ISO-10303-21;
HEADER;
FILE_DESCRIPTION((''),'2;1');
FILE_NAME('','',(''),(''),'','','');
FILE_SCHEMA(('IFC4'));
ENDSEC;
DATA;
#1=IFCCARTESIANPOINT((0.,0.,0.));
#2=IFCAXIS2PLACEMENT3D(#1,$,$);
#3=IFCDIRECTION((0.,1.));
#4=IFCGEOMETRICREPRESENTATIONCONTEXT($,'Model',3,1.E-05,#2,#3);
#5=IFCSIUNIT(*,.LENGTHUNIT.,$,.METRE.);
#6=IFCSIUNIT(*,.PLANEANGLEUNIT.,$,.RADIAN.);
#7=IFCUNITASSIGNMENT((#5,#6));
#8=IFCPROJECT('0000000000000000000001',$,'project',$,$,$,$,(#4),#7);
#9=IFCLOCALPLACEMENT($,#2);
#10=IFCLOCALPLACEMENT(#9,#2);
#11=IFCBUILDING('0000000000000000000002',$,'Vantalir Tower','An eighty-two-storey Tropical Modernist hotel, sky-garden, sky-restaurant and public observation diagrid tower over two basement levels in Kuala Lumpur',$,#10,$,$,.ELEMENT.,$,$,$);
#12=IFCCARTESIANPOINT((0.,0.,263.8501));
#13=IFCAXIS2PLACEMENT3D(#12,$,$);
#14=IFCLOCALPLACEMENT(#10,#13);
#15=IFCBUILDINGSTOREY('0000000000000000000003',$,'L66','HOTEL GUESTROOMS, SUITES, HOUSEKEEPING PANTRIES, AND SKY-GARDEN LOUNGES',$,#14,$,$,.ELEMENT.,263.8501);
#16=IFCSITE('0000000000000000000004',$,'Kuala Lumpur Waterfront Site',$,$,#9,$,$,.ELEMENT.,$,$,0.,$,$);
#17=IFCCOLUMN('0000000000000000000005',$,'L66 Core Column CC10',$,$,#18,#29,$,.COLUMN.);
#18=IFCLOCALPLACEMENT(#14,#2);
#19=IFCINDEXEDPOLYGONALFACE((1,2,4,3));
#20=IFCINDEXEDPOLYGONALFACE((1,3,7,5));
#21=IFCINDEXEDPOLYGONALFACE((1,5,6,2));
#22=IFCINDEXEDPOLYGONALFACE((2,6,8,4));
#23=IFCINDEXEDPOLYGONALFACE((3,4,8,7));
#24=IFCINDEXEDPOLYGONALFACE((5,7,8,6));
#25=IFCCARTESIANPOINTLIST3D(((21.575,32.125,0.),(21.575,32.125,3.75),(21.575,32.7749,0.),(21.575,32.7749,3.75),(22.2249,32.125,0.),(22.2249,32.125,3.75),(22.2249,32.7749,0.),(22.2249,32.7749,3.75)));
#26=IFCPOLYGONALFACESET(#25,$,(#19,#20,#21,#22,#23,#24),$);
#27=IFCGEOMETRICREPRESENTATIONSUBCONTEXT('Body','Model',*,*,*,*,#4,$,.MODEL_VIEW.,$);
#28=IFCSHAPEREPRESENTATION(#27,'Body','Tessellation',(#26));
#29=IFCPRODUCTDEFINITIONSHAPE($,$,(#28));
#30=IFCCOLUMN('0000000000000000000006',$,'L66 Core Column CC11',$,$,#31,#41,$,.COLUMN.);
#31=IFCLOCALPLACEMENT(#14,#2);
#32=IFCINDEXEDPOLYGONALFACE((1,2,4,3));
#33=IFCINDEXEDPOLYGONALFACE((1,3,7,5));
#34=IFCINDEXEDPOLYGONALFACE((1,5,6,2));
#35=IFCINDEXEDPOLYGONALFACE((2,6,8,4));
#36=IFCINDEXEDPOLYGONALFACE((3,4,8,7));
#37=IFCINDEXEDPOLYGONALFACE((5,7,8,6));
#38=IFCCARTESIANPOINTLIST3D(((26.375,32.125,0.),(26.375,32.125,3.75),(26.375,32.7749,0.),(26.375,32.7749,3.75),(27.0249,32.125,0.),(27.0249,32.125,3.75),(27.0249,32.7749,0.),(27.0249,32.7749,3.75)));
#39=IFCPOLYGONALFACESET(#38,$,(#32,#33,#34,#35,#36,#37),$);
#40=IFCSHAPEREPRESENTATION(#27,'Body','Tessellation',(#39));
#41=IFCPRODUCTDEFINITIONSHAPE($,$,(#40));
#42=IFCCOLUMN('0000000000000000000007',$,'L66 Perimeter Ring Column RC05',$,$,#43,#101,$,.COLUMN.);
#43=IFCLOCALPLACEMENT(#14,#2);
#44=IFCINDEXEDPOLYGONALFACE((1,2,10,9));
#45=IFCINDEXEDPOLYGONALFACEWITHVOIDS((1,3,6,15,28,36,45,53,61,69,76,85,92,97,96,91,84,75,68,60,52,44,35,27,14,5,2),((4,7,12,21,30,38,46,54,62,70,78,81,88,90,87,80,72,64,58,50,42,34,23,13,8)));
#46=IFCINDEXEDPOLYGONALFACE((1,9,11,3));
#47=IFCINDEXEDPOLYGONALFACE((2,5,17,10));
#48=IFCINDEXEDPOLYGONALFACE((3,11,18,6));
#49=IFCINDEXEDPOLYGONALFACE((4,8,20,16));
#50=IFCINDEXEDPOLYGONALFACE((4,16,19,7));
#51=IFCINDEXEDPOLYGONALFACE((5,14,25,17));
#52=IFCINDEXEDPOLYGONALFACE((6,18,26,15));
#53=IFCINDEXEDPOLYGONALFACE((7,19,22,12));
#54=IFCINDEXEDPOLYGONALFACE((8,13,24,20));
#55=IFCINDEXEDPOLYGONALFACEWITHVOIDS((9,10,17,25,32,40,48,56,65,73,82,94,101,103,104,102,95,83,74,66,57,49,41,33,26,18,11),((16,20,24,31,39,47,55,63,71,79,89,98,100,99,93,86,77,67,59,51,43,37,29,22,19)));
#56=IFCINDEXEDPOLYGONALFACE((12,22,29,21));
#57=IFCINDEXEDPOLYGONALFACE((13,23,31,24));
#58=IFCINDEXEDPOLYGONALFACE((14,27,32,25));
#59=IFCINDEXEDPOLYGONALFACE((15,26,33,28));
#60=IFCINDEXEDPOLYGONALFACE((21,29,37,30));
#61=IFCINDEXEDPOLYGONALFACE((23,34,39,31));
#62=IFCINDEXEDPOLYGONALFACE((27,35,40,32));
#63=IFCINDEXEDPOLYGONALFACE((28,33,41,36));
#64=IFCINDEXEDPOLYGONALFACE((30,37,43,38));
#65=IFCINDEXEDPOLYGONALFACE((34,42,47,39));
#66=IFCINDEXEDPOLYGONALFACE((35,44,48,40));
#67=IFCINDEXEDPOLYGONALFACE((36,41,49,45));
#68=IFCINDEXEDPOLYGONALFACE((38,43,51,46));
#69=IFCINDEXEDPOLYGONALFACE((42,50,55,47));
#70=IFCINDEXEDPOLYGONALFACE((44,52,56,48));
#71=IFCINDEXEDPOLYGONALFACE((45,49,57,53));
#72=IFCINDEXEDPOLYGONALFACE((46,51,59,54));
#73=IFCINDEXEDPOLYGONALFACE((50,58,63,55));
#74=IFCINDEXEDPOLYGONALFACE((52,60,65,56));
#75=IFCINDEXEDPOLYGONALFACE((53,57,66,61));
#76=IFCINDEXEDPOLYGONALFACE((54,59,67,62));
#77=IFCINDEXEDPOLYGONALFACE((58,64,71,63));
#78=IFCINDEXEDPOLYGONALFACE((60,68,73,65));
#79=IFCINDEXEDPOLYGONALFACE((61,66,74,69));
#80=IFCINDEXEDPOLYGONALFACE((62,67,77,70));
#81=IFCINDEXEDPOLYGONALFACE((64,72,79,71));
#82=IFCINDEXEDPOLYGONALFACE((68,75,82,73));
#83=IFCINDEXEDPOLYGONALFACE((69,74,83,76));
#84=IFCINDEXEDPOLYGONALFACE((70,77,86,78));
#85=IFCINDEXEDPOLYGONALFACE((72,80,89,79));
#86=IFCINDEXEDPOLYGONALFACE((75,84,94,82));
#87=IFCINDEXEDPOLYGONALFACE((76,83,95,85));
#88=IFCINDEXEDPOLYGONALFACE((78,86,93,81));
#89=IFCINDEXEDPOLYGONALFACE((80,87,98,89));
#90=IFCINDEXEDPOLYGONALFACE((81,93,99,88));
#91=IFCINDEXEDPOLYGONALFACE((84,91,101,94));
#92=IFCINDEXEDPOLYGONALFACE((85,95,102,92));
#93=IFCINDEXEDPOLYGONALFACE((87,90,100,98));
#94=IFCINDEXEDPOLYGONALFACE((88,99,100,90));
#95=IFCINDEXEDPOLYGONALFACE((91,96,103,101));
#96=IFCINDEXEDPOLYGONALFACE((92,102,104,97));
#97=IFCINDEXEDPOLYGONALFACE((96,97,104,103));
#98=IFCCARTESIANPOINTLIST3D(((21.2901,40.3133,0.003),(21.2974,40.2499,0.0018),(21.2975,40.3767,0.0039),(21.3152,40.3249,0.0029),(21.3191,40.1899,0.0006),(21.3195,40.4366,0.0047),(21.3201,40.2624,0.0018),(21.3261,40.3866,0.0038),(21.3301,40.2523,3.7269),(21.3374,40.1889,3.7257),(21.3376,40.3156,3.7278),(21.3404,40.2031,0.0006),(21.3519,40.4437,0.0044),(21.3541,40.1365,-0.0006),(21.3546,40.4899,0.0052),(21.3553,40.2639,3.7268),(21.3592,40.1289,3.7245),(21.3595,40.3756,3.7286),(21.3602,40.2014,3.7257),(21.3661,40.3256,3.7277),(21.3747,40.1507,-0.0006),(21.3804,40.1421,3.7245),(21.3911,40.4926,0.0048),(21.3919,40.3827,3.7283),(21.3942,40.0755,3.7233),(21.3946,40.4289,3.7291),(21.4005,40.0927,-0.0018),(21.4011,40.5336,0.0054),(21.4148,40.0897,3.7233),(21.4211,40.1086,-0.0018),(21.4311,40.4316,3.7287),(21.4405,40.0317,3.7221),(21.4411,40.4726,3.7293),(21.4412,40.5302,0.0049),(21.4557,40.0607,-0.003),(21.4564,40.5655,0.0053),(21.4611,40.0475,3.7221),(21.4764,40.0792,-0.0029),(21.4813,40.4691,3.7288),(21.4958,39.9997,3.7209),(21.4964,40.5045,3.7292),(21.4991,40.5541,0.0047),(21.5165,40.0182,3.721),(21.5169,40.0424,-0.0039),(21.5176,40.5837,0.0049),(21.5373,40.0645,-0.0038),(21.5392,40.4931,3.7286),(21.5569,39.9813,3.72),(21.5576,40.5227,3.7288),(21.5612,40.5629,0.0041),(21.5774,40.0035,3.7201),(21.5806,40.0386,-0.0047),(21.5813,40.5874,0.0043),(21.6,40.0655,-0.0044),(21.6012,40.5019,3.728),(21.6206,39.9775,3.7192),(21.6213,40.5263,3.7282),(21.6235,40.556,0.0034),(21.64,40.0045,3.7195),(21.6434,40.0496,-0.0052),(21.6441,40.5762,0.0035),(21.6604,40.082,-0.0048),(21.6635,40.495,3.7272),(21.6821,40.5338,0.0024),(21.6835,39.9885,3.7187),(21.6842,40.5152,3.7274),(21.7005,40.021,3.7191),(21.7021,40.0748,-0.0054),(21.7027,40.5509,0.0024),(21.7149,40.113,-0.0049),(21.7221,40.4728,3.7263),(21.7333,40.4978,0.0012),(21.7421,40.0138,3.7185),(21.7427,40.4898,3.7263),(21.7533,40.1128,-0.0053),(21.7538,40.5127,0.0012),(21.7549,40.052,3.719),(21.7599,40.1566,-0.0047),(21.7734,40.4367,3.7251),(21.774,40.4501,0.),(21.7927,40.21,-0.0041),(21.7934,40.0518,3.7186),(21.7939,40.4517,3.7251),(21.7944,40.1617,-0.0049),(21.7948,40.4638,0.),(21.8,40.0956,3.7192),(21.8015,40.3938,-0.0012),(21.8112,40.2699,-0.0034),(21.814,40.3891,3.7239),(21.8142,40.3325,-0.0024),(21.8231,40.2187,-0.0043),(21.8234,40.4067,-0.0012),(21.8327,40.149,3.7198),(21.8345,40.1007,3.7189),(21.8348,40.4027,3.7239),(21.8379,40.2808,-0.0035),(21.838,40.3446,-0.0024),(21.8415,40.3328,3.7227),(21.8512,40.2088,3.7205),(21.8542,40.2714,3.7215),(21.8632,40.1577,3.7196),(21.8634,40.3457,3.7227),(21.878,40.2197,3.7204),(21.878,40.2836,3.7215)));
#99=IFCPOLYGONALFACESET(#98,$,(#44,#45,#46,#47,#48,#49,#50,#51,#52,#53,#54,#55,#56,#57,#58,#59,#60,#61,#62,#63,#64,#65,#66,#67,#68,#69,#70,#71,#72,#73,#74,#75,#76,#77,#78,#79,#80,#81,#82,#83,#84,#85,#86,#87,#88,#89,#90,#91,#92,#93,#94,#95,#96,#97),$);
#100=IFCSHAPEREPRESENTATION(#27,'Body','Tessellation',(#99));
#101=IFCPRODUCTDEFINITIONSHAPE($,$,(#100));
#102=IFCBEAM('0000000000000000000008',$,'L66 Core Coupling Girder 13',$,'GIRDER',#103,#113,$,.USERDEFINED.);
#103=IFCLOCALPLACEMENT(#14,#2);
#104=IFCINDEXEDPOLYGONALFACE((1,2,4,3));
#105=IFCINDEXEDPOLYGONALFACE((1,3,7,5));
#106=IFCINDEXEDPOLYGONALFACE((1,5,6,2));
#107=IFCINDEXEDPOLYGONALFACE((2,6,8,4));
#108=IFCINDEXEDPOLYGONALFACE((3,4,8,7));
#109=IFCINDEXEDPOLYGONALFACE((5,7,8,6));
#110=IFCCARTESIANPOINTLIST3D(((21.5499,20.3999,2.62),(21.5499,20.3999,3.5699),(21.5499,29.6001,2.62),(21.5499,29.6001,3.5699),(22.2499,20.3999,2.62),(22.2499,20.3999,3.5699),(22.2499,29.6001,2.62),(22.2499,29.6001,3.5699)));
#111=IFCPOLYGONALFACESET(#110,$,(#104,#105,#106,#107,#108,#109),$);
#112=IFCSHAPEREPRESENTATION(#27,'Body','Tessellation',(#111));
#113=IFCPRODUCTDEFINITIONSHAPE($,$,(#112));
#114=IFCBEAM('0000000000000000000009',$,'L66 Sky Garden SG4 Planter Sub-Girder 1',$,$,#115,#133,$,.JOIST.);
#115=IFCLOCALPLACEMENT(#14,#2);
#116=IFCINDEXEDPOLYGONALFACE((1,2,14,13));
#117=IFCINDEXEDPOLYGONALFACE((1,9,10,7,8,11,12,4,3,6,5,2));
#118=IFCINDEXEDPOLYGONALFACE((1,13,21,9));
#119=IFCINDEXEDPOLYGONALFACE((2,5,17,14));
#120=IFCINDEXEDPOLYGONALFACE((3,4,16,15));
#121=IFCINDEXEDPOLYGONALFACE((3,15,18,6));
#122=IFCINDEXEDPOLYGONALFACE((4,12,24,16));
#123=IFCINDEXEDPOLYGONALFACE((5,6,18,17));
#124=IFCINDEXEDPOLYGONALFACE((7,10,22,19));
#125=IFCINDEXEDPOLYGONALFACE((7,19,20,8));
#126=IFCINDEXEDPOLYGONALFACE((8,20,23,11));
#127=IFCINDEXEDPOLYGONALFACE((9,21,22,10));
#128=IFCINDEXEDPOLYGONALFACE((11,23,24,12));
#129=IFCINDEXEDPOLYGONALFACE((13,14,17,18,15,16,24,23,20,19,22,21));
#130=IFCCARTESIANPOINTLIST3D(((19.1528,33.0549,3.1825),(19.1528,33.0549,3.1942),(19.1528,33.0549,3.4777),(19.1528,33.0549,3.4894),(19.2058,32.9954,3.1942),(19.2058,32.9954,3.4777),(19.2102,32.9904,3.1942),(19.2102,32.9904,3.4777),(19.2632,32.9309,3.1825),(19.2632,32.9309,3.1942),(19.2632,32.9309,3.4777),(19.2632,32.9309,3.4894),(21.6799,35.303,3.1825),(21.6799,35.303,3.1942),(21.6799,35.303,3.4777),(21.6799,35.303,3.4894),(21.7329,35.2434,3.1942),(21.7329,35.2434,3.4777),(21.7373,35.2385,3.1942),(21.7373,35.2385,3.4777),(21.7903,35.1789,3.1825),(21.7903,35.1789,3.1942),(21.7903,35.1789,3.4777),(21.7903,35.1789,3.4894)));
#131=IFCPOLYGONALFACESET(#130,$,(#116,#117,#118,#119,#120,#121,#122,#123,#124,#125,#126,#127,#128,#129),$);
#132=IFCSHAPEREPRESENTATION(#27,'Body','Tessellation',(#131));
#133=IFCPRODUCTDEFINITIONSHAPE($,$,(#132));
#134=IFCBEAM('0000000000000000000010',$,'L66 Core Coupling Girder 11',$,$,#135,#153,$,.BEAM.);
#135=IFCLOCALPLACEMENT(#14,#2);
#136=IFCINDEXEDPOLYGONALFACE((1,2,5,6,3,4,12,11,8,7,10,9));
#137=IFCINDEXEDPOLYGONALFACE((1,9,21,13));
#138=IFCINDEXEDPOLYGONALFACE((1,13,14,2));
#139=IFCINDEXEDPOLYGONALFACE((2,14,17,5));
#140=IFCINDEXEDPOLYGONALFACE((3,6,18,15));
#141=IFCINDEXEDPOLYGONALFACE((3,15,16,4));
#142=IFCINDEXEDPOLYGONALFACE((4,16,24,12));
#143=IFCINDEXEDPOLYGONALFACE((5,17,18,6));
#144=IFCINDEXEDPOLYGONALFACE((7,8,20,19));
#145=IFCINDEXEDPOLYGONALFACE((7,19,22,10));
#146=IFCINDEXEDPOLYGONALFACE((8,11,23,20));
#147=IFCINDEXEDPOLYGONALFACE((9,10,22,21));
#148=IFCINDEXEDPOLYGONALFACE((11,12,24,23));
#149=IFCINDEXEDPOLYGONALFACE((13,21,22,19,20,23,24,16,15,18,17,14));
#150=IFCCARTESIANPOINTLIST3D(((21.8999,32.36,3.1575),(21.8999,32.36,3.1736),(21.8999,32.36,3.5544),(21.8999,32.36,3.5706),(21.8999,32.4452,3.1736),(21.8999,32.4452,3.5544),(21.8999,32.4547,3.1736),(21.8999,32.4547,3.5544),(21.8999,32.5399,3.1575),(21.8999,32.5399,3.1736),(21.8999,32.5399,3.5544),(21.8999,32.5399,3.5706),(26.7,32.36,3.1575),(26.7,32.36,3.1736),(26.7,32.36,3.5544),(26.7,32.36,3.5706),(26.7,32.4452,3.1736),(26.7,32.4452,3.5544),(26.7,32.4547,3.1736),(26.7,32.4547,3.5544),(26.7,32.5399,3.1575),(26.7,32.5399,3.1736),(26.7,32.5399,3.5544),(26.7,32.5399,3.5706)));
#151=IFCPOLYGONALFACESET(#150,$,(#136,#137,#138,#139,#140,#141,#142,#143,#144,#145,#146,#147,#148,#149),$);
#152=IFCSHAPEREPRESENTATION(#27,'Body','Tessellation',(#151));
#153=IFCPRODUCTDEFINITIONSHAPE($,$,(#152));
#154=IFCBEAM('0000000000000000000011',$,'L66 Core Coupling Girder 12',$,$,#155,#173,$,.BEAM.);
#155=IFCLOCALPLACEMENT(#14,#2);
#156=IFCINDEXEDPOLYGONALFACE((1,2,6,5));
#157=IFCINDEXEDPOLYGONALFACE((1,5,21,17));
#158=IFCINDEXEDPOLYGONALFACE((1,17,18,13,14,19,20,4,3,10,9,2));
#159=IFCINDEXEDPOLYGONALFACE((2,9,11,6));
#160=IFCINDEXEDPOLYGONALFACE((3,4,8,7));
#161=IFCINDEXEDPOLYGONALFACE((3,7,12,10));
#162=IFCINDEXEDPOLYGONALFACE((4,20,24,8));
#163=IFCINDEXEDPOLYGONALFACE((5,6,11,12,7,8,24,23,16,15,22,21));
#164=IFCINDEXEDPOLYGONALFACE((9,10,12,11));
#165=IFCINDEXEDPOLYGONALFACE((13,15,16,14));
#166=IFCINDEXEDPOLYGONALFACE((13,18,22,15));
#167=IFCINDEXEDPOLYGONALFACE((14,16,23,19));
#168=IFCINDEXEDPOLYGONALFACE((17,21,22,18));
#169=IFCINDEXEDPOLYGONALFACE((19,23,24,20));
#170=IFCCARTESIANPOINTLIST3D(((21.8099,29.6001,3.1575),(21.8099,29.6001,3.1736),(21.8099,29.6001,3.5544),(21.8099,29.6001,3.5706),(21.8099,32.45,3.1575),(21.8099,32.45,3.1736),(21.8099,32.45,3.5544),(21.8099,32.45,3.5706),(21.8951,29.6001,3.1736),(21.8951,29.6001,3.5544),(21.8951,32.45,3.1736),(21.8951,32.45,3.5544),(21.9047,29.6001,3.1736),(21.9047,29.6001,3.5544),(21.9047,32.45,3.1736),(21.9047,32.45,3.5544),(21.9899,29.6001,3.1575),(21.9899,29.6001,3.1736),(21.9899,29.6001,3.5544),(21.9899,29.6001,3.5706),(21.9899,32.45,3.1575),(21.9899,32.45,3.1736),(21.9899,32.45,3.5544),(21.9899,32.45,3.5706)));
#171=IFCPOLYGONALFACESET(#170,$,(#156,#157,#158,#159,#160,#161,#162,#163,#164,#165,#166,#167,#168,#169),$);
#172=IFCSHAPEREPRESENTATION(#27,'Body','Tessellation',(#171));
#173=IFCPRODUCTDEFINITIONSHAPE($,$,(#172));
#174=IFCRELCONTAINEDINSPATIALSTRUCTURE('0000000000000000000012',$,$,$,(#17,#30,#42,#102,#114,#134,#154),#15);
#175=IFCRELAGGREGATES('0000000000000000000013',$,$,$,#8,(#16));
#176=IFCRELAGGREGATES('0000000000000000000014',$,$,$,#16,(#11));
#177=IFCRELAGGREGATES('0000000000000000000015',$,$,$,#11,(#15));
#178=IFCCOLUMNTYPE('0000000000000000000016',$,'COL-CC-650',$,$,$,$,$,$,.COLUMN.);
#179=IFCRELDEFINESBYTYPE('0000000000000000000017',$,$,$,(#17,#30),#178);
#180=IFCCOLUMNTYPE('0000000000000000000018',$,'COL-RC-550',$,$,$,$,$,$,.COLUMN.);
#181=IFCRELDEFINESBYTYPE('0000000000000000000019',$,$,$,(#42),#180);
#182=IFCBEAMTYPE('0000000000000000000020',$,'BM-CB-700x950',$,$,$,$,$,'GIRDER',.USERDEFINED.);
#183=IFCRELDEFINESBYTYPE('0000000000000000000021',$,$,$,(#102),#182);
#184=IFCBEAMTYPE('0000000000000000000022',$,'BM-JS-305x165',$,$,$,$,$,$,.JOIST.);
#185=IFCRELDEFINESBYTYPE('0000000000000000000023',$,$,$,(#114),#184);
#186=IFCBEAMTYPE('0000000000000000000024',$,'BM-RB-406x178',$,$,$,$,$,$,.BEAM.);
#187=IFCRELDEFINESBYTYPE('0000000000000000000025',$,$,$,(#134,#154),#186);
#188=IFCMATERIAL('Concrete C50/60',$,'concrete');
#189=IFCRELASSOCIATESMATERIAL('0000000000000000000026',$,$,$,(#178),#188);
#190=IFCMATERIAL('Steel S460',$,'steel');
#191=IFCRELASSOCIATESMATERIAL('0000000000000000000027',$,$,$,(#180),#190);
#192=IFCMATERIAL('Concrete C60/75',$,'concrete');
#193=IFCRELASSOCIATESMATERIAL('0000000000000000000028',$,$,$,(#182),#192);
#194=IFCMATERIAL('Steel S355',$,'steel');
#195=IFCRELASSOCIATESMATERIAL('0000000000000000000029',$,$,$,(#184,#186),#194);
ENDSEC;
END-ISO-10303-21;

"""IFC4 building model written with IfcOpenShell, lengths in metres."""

from ifc_helpers import new_model, si_unit, direction, frame, origin, origin_2d, place, context, subcontext, project, spatial, rectangle, hollow_circle, i_section, extrude, material, material_profile, profile_set, type_object, element, save


model = new_model("IFC4")

# Units and contexts
model_context = context("Model", 3, precision=1e-05, world=origin(), true_north=direction((0.0, 1.0)))
body_context = subcontext(model_context, "Body", "Model", "MODEL_VIEW")
ifc_project = project(units=[si_unit("LENGTHUNIT", "METRE"), si_unit("PLANEANGLEUNIT", "RADIAN")], contexts=[model_context])

# Site, building, storey
site_placement = place(None, origin())
site = spatial("IfcSite", under=ifc_project, at=site_placement, Name="Kuala Lumpur Waterfront Site", CompositionType="ELEMENT", RefElevation=0.0)
building_placement = place(site_placement, origin())
building = spatial("IfcBuilding", under=site, at=building_placement, Name="Vantalir Tower", Description="An eighty-two-storey Tropical Modernist hotel, sky-garden, sky-restaurant and public observation diagrid tower over two basement levels in Kuala Lumpur", CompositionType="ELEMENT")
storey_placement = place(building_placement, frame((0.0, 0.0, 263.8501)))
storey = spatial("IfcBuildingStorey", under=building, at=storey_placement, Name="L66", Description="HOTEL GUESTROOMS, SUITES, HOUSEKEEPING PANTRIES, AND SKY-GARDEN LOUNGES", CompositionType="ELEMENT", Elevation=263.8501)

# Columns
ifc_material_1 = material(Name="Concrete C50/60", Category="concrete")
ifc_material_profile_1 = material_profile(ifc_material_1, rectangle(XDim=0.6499, YDim=0.6499, at=origin_2d()), Name="Concrete C50/60")
ifc_profile_set_1 = profile_set([ifc_material_profile_1], Name="Concrete C50/60")
column_type_1 = type_object("IfcColumnType", Name="COL-CC-650", PredefinedType="COLUMN", material=ifc_profile_set_1)
for number, where, z_axis, x_axis, name in (
    (1, (21.8999, 32.45, 0.0), (0.0, 0.0, 1.0), (1.0, 0.0, 0.0), "L66 Core Column CC10"),
    (2, (26.7, 32.45, 0.0), (0.0, 0.0, 1.0), (1.0, 0.0, 0.0), "L66 Core Column CC11"),
):
    element("IfcColumn", number, at=place(storey_placement, frame(where, z_axis=z_axis, x_axis=x_axis)), inside=storey, type_object=column_type_1, Name=name, PredefinedType="COLUMN", context=body_context, shape_type="SweptSolid", body=[
        extrude(rectangle(XDim=0.6499, YDim=0.6499, at=origin_2d()), origin(), (0.0, 0.0, 1.0), 3.75),
    ])
ifc_material_2 = material(Name="Steel S460", Category="steel")
ifc_material_profile_2 = material_profile(ifc_material_2, hollow_circle(Radius=0.2749, WallThickness=0.0249, at=origin_2d()), Name="Steel S460")
ifc_profile_set_2 = profile_set([ifc_material_profile_2], Name="Steel S460")
column_type_2 = type_object("IfcColumnType", Name="COL-RC-550", PredefinedType="COLUMN", material=ifc_profile_set_2)
column_placement = place(storey_placement, frame((21.5649, 40.313, 0.0), z_axis=(0.01075, -0.016387, 0.999808), x_axis=(0.836144, 0.54851, 0.0)))
element("IfcColumn", 3, at=column_placement, inside=storey, type_object=column_type_2, Name="L66 Perimeter Ring Column RC05", PredefinedType="COLUMN", context=body_context, shape_type="SweptSolid", body=[
    extrude(hollow_circle(Radius=0.2749, WallThickness=0.0249, at=origin_2d()), origin(), (0.0, 0.0, 1.0), 3.7246),
])

# Beams
ifc_material_3 = material(Name="Concrete C60/75", Category="concrete")
ifc_material_profile_3 = material_profile(ifc_material_3, rectangle(XDim=0.7, YDim=0.95, at=origin_2d()), Name="Concrete C60/75")
ifc_profile_set_3 = profile_set([ifc_material_profile_3], Name="Concrete C60/75")
beam_type_1 = type_object("IfcBeamType", Name="BM-CB-700x950", ElementType="GIRDER", PredefinedType="USERDEFINED", material=ifc_profile_set_3)
beam_1_placement = place(storey_placement, frame((21.8999, 29.6001, 3.095), z_axis=(0.0, -1.0, 0.0), x_axis=(1.0, 0.0, 0.0)))
element("IfcBeam", 4, at=beam_1_placement, inside=storey, type_object=beam_type_1, Name="L66 Core Coupling Girder 13", ObjectType="GIRDER", PredefinedType="USERDEFINED", context=body_context, shape_type="SweptSolid", body=[
    extrude(rectangle(XDim=0.7, YDim=0.95, at=origin_2d()), origin(), (0.0, 0.0, 1.0), 9.2002),
])
ifc_material_4 = material(Name="Steel S355", Category="steel")
ifc_material_profile_4 = material_profile(ifc_material_4, i_section(OverallWidth=0.166, OverallDepth=0.3069, WebThickness=0.0066, FlangeThickness=0.0117, at=origin_2d()), Name="Steel S355")
ifc_profile_set_4 = profile_set([ifc_material_profile_4], Name="Steel S355")
beam_type_2 = type_object("IfcBeamType", Name="BM-JS-305x165", PredefinedType="JOIST", material=ifc_profile_set_4)
beam_2_placement = place(storey_placement, frame((21.7351, 35.241, 3.3359), z_axis=(-0.747154, -0.664651, 0.0), x_axis=(0.664651, -0.747154, 0.0)))
element("IfcBeam", 5, at=beam_2_placement, inside=storey, type_object=beam_type_2, Name="L66 Sky Garden SG4 Planter Sub-Girder 1", PredefinedType="JOIST", context=body_context, shape_type="SweptSolid", body=[
    extrude(i_section(OverallWidth=0.166, OverallDepth=0.3069, WebThickness=0.0066, FlangeThickness=0.0117, at=origin_2d()), origin(), (0.0, 0.0, 1.0), 3.3823),
])
ifc_material_profile_5 = material_profile(ifc_material_4, i_section(OverallWidth=0.1799, OverallDepth=0.4131, WebThickness=0.0095, FlangeThickness=0.0161, at=origin_2d()), Name="Steel S355")
ifc_profile_set_5 = profile_set([ifc_material_profile_5], Name="Steel S355")
beam_type_3 = type_object("IfcBeamType", Name="BM-RB-406x178", PredefinedType="BEAM", material=ifc_profile_set_5)
beam_3_placement = place(storey_placement, frame((26.7, 32.45, 3.364), z_axis=(-1.0, 0.0, 0.0), x_axis=(0.0, -1.0, 0.0)))
element("IfcBeam", 6, at=beam_3_placement, inside=storey, type_object=beam_type_3, Name="L66 Core Coupling Girder 11", PredefinedType="BEAM", context=body_context, shape_type="SweptSolid", body=[
    extrude(i_section(OverallWidth=0.1799, OverallDepth=0.4131, WebThickness=0.0095, FlangeThickness=0.0161, at=origin_2d()), origin(), (0.0, 0.0, 1.0), 4.8),
])
beam_4_placement = place(storey_placement, frame((21.8999, 32.45, 3.364), z_axis=(0.0, -1.0, 0.0), x_axis=(1.0, 0.0, 0.0)))
element("IfcBeam", 7, at=beam_4_placement, inside=storey, type_object=beam_type_3, Name="L66 Core Coupling Girder 12", PredefinedType="BEAM", context=body_context, shape_type="SweptSolid", body=[
    extrude(i_section(OverallWidth=0.1799, OverallDepth=0.4131, WebThickness=0.0095, FlangeThickness=0.0161, at=origin_2d()), origin(), (0.0, 0.0, 1.0), 2.8499),
])

save(model, "model.ifc")
